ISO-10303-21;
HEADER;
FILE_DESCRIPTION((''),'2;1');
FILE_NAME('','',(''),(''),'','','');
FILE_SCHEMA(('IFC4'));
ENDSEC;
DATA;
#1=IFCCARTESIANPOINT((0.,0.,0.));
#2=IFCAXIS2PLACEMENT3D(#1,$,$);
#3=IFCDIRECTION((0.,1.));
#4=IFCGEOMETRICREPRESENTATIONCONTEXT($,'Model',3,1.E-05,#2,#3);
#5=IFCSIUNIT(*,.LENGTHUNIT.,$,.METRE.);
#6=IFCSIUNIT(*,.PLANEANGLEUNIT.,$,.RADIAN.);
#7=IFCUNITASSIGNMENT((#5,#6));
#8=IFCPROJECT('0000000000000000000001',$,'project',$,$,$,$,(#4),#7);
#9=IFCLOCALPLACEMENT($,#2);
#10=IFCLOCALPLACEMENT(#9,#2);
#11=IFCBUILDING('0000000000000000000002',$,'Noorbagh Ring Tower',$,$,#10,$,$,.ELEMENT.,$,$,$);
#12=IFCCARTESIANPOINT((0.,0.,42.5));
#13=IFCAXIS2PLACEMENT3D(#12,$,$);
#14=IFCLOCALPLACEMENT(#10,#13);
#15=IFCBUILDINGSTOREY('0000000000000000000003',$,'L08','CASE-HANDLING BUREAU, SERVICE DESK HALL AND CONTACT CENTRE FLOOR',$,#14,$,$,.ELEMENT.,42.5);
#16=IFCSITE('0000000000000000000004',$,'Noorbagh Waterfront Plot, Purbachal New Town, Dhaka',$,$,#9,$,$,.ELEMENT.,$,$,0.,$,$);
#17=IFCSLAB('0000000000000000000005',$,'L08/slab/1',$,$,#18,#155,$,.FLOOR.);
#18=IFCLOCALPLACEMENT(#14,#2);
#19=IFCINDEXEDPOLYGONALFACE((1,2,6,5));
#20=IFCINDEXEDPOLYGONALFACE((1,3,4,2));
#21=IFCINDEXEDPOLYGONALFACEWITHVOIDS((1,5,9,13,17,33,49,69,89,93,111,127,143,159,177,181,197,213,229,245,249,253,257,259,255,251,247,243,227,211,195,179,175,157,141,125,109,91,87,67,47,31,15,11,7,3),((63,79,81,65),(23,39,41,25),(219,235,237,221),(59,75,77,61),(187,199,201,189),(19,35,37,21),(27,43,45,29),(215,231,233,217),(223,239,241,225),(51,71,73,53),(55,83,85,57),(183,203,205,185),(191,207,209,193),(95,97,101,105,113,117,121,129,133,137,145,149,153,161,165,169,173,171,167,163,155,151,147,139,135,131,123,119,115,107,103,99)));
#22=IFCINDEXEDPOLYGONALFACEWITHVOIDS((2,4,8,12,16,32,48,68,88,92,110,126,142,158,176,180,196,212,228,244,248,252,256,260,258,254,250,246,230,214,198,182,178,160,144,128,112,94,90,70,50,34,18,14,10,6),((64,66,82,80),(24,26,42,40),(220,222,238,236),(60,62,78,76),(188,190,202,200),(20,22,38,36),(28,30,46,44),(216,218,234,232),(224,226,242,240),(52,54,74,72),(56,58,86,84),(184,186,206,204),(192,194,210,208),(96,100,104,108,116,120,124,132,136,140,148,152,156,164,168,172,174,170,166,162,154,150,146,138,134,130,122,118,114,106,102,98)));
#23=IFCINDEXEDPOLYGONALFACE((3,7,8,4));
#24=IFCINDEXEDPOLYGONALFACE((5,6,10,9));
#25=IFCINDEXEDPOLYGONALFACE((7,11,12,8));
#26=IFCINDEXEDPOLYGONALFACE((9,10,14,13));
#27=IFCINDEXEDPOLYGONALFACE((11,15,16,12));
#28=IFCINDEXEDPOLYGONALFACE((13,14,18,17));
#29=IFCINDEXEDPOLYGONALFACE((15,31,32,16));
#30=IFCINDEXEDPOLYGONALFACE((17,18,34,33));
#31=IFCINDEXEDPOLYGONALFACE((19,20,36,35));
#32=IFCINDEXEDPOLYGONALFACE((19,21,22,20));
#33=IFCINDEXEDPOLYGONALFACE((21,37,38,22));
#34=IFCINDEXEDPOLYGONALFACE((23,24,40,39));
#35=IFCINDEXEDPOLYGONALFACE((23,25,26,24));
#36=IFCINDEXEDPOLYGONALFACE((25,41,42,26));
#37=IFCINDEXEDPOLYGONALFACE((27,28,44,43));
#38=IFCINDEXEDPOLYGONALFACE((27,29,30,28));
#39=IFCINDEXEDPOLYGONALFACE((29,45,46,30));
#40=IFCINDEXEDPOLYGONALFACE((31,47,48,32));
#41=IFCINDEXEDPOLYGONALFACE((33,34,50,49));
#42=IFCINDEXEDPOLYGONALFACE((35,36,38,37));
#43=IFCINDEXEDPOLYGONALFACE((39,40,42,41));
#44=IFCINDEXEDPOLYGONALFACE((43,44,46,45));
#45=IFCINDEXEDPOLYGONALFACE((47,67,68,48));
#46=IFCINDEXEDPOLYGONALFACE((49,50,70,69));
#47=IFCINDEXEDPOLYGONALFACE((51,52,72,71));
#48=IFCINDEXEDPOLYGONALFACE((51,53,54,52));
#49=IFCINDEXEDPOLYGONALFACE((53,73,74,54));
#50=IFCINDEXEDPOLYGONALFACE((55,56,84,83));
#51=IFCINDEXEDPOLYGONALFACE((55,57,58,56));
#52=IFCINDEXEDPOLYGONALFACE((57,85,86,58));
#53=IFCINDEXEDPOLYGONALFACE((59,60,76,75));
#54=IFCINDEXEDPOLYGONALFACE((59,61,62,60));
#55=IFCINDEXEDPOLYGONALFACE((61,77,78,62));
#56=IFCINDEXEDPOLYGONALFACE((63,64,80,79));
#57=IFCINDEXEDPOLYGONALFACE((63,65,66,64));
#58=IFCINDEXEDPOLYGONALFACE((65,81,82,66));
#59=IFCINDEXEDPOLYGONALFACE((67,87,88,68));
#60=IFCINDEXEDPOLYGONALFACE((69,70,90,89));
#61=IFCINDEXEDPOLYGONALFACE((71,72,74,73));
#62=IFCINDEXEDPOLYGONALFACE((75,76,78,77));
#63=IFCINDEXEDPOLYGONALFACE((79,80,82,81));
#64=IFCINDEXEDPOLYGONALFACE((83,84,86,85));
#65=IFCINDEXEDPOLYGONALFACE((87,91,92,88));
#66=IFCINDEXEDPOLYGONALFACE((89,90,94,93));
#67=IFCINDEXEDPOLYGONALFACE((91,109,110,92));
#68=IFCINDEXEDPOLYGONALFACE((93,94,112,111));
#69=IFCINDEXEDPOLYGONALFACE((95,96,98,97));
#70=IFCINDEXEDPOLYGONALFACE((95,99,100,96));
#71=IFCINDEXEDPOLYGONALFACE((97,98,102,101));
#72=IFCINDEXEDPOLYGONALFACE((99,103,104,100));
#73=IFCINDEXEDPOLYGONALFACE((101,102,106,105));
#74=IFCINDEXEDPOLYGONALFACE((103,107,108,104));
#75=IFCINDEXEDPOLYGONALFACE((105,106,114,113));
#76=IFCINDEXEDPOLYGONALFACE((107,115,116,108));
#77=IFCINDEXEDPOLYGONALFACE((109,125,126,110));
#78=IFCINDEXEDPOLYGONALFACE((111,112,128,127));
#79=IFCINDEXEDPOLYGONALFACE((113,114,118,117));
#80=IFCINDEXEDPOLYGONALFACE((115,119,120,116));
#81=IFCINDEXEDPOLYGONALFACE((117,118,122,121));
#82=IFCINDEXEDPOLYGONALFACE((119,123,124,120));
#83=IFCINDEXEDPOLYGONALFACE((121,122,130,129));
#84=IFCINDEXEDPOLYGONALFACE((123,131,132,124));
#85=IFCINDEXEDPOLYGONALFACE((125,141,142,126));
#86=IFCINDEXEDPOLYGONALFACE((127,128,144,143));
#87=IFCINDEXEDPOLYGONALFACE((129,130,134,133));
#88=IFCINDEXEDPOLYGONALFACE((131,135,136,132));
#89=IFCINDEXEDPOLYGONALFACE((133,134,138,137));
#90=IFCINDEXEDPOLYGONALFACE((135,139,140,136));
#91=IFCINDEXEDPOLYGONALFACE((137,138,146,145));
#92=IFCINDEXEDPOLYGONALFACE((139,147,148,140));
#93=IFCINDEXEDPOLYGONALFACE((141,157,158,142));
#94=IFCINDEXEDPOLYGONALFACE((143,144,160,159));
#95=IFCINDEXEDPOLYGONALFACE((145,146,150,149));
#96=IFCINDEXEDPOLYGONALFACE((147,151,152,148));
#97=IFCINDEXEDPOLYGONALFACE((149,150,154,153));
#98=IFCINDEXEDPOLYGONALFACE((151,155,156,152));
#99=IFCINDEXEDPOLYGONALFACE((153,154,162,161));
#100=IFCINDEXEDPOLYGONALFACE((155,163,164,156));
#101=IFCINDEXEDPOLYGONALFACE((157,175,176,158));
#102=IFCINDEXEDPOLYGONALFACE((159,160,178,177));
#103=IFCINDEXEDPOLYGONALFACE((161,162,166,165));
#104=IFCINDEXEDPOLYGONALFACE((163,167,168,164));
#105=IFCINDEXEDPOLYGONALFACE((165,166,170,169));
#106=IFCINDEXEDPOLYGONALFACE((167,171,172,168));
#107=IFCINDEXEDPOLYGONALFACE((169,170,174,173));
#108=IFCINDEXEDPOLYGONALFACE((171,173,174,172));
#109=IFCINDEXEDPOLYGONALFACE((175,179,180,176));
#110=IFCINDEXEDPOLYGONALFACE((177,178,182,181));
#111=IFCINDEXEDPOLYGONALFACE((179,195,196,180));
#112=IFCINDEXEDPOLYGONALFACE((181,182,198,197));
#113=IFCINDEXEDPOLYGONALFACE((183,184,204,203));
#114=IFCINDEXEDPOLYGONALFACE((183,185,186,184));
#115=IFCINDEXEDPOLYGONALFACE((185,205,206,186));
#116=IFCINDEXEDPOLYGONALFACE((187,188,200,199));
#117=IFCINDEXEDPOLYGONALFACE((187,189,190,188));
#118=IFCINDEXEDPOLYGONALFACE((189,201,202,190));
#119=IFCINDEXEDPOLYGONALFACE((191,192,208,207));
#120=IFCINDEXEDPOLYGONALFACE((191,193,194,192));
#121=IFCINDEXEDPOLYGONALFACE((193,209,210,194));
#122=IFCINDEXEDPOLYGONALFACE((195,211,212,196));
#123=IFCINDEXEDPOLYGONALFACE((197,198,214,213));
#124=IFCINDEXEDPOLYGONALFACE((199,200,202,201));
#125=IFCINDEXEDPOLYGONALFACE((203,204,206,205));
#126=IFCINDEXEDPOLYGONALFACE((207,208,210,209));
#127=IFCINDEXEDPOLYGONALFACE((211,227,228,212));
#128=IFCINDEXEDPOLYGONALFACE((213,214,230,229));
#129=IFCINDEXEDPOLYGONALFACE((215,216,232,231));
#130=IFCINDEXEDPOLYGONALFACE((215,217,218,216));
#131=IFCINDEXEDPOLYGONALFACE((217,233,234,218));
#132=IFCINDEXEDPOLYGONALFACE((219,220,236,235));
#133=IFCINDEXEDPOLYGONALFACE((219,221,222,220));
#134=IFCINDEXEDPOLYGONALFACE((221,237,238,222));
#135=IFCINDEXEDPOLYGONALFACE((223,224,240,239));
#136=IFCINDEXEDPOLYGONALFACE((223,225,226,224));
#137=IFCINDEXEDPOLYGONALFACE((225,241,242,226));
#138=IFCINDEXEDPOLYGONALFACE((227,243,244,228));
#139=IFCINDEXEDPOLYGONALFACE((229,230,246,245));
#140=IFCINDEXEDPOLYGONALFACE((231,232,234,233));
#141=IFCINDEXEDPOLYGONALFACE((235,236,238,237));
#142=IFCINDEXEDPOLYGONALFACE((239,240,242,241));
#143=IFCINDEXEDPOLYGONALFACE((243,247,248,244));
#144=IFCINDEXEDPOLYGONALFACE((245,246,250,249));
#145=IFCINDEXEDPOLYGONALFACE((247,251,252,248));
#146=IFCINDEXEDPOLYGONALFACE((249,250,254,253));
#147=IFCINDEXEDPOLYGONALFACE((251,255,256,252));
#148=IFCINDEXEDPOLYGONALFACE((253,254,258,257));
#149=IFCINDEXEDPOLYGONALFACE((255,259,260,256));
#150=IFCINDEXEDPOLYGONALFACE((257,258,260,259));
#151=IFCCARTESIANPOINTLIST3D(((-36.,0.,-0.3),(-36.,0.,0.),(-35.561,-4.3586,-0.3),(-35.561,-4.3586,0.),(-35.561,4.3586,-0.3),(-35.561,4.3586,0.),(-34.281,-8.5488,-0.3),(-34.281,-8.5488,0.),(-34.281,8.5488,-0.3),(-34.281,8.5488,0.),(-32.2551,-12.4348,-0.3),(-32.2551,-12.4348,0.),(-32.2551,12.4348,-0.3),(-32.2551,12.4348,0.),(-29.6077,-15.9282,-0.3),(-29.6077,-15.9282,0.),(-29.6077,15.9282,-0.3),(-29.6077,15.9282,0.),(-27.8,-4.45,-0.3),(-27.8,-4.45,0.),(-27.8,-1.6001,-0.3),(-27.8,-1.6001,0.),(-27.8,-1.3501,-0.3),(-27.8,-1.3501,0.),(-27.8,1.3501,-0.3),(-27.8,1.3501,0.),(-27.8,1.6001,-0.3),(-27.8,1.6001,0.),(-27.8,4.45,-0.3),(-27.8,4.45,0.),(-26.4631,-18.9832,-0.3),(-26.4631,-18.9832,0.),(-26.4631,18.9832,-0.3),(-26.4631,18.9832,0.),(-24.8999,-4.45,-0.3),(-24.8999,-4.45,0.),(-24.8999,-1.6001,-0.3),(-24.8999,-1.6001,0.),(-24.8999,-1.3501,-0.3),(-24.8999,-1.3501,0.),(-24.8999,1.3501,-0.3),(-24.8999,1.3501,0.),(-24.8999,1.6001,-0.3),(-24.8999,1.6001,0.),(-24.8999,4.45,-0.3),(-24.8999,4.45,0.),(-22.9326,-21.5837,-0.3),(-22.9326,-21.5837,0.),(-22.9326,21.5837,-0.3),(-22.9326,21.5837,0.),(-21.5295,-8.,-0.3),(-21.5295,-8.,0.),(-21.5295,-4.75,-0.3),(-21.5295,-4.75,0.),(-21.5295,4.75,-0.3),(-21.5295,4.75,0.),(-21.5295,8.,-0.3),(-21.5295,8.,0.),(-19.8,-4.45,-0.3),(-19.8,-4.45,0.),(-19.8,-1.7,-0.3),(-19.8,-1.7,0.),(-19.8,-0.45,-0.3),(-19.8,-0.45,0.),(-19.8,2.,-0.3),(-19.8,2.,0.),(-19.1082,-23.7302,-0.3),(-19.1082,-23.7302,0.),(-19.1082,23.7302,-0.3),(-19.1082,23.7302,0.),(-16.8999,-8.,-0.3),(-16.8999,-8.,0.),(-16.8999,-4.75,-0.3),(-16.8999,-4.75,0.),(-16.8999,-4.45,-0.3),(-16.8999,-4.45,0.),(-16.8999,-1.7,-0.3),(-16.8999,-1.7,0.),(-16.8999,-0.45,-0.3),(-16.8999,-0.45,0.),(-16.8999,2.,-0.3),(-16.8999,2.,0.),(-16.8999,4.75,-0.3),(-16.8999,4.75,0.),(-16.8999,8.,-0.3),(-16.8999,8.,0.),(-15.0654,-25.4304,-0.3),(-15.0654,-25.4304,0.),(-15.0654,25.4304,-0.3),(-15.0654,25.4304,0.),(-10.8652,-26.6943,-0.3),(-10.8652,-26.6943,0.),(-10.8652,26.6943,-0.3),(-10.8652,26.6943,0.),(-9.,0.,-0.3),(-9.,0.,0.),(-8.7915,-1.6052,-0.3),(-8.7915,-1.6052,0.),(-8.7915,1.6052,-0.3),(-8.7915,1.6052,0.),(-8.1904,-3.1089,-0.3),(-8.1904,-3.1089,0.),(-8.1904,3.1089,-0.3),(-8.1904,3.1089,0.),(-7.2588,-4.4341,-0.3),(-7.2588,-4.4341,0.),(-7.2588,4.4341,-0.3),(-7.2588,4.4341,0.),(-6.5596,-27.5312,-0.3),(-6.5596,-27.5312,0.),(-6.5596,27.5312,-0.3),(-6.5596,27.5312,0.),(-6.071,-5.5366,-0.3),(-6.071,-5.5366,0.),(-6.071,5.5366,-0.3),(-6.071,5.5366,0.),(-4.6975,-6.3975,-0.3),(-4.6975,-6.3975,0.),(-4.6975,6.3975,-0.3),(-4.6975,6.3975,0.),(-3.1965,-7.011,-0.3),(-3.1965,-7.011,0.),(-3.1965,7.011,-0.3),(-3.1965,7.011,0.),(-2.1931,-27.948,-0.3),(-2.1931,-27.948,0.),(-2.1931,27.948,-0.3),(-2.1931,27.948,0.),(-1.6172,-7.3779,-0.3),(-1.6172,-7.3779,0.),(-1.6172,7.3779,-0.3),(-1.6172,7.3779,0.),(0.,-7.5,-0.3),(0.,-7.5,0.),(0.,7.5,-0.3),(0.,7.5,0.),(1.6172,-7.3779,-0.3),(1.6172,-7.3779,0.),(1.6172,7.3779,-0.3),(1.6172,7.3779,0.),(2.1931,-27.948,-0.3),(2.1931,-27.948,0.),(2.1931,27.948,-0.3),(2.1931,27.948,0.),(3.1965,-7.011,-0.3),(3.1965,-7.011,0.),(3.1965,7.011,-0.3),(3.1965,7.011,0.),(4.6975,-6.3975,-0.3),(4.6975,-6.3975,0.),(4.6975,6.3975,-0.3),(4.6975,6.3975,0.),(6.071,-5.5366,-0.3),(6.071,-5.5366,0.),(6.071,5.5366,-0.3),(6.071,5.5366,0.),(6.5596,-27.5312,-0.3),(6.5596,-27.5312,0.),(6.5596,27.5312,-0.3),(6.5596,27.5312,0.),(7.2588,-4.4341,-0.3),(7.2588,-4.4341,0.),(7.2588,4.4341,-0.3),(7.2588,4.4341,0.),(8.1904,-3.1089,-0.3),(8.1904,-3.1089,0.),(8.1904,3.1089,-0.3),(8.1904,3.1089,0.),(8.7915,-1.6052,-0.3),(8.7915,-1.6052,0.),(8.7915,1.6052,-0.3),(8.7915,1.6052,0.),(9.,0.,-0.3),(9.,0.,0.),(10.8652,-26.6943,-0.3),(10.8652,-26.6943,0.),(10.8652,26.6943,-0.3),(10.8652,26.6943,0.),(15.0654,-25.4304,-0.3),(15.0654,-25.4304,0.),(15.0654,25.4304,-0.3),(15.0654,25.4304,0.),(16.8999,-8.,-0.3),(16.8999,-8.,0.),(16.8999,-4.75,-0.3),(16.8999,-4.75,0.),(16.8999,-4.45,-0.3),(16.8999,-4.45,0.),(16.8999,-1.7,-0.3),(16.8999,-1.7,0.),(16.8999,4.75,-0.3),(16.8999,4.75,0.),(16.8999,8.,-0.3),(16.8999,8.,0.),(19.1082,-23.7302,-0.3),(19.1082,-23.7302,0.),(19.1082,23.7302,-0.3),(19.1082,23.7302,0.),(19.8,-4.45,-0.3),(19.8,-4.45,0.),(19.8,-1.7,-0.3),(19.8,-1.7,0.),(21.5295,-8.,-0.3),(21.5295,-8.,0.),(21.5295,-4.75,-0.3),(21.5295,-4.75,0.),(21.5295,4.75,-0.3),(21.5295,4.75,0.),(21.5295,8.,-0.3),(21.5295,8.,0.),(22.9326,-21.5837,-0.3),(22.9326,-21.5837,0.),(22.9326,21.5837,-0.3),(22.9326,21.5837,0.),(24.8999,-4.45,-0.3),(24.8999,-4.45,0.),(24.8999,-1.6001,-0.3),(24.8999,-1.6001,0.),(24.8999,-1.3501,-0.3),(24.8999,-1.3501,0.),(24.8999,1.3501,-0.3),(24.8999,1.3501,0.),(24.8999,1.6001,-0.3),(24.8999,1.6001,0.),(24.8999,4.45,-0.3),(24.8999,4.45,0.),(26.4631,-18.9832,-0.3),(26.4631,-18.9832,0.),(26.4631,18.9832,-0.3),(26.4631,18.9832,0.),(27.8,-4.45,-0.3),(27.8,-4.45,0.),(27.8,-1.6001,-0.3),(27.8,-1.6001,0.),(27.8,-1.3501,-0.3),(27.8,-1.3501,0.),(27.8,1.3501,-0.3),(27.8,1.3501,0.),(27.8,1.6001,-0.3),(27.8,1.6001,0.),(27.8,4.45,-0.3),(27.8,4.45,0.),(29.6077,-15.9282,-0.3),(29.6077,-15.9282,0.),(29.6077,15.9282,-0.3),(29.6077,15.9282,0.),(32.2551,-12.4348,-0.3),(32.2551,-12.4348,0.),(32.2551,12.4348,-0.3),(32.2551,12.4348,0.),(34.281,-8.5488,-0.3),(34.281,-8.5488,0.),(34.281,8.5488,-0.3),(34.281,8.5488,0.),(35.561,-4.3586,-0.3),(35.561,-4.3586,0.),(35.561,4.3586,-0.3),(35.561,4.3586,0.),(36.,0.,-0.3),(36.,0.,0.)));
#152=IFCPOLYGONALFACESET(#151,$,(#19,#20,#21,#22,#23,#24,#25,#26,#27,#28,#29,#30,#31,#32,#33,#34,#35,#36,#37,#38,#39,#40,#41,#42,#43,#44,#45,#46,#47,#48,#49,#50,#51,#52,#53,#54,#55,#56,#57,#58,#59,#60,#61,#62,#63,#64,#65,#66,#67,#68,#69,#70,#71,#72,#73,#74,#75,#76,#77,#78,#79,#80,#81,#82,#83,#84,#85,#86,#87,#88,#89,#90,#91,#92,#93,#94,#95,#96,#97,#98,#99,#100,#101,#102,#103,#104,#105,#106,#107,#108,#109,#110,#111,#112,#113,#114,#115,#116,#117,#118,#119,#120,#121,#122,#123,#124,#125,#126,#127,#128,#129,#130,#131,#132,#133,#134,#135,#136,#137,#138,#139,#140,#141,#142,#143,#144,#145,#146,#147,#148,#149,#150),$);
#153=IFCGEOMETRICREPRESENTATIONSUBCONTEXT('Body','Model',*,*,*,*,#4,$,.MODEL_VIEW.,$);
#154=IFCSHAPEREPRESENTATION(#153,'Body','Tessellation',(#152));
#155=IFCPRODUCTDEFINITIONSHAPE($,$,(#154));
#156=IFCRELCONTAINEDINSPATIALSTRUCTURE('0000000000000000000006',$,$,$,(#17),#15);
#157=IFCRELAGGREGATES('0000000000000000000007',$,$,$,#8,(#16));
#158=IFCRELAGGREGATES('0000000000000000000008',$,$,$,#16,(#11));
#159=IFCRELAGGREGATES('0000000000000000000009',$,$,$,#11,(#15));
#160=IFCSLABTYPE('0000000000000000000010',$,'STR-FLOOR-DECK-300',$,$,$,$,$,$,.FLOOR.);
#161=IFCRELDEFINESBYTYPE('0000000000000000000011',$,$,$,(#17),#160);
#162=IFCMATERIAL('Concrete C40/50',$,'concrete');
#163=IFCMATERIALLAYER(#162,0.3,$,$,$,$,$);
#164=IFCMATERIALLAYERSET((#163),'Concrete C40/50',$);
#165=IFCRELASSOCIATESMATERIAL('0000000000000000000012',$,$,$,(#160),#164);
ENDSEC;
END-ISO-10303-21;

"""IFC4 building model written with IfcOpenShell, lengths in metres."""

from ifc_helpers import new_model, si_unit, direction, frame, origin, place, context, subcontext, project, spatial, polyline, outline, extrude, material, layer, layer_set, type_object, element, save


model = new_model("IFC4")

# Units and contexts
model_context = context("Model", 3, precision=1e-05, world=origin(), true_north=direction((0.0, 1.0)))
body_context = subcontext(model_context, "Body", "Model", "MODEL_VIEW")
ifc_project = project(units=[si_unit("LENGTHUNIT", "METRE"), si_unit("PLANEANGLEUNIT", "RADIAN")], contexts=[model_context])

# Site, building, storey
site_placement = place(None, origin())
site = spatial("IfcSite", under=ifc_project, at=site_placement, Name="Noorbagh Waterfront Plot, Purbachal New Town, Dhaka", CompositionType="ELEMENT", RefElevation=0.0)
building_placement = place(site_placement, origin())
building = spatial("IfcBuilding", under=site, at=building_placement, Name="Noorbagh Ring Tower", CompositionType="ELEMENT")
storey_placement = place(building_placement, frame((0.0, 0.0, 42.5)))
storey = spatial("IfcBuildingStorey", under=building, at=storey_placement, Name="L08", Description="CASE-HANDLING BUREAU, SERVICE DESK HALL AND CONTACT CENTRE FLOOR", CompositionType="ELEMENT", Elevation=42.5)

# Slab
ifc_material_1 = material(Name="Concrete C40/50", Category="concrete")
ifc_layer_1 = layer(ifc_material_1, 0.3)
ifc_layer_set_1 = layer_set([ifc_layer_1], Name="Concrete C40/50")
slab_type_1 = type_object("IfcSlabType", Name="STR-FLOOR-DECK-300", PredefinedType="FLOOR", material=ifc_layer_set_1)
slab_1_placement = place(storey_placement, frame((0.0, 0.0, -0.3)))
element("IfcSlab", 1, at=slab_1_placement, inside=storey, type_object=slab_type_1, Name="L08/slab/1", PredefinedType="FLOOR", context=body_context, shape_type="SweptSolid", body=[
    extrude(outline(polyline([(36.0, 0.0), (35.561, 4.3586), (34.281, 8.5488), (32.2551, 12.4348), (29.6077, 15.9282), (26.4631, 18.9832), (22.9326, 21.5837), (19.1082, 23.7302), (15.0654, 25.4304), (10.8652, 26.6943), (6.5596, 27.5312), (2.1931, 27.948), (-2.1931, 27.948), (-6.5596, 27.5312), (-10.8652, 26.6943), (-15.0654, 25.4304), (-19.1082, 23.7302), (-22.9326, 21.5837), (-26.4631, 18.9832), (-29.6077, 15.9282), (-32.2551, 12.4348), (-34.281, 8.5488), (-35.561, 4.3586), (-36.0, 0.0), (-35.561, -4.3586), (-34.281, -8.5488), (-32.2551, -12.4348), (-29.6077, -15.9282), (-26.4631, -18.9832), (-22.9326, -21.5837), (-19.1082, -23.7302), (-15.0654, -25.4304), (-10.8652, -26.6943), (-6.5596, -27.5312), (-2.1931, -27.948), (2.1931, -27.948), (6.5596, -27.5312), (10.8652, -26.6943), (15.0654, -25.4304), (19.1082, -23.7302), (22.9326, -21.5837), (26.4631, -18.9832), (29.6077, -15.9282), (32.2551, -12.4348), (34.281, -8.5488), (35.561, -4.3586), (36.0, 0.0)]), holes=[polyline([(24.8999, -1.6001), (27.8, -1.6001), (27.8, -4.45), (24.8999, -4.45), (24.8999, -1.6001)]), polyline([(24.8999, 1.3501), (27.8, 1.3501), (27.8, -1.3501), (24.8999, -1.3501), (24.8999, 1.3501)]), polyline([(24.8999, 4.45), (27.8, 4.45), (27.8, 1.6001), (24.8999, 1.6001), (24.8999, 4.45)]), polyline([(21.5295, -4.75), (21.5295, -8.0), (16.8999, -8.0), (16.8999, -4.75), (21.5295, -4.75)]), polyline([(21.5295, 4.75), (16.8999, 4.75), (16.8999, 8.0), (21.5295, 8.0), (21.5295, 4.75)]), polyline([(16.8999, -1.7), (19.8, -1.7), (19.8, -4.45), (16.8999, -4.45), (16.8999, -1.7)]), polyline([(4.6975, -6.3975), (3.1965, -7.011), (1.6172, -7.3779), (0.0, -7.5), (-1.6172, -7.3779), (-3.1965, -7.011), (-4.6975, -6.3975), (-6.071, -5.5366), (-7.2588, -4.4341), (-8.1904, -3.1089), (-8.7915, -1.6052), (-9.0, 0.0), (-8.7915, 1.6052), (-8.1904, 3.1089), (-7.2588, 4.4341), (-6.071, 5.5366), (-4.6975, 6.3975), (-3.1965, 7.011), (-1.6172, 7.3779), (0.0, 7.5), (1.6172, 7.3779), (3.1965, 7.011), (4.6975, 6.3975), (6.071, 5.5366), (7.2588, 4.4341), (8.1904, 3.1089), (8.7915, 1.6052), (9.0, 0.0), (8.7915, -1.6052), (8.1904, -3.1089), (7.2588, -4.4341), (6.071, -5.5366), (4.6975, -6.3975)]), polyline([(-21.5295, -8.0), (-21.5295, -4.75), (-16.8999, -4.75), (-16.8999, -8.0), (-21.5295, -8.0)]), polyline([(-21.5295, 8.0), (-16.8999, 8.0), (-16.8999, 4.75), (-21.5295, 4.75), (-21.5295, 8.0)]), polyline([(-16.8999, -4.45), (-19.8, -4.45), (-19.8, -1.7), (-16.8999, -1.7), (-16.8999, -4.45)]), polyline([(-16.8999, -0.45), (-19.8, -0.45), (-19.8, 2.0), (-16.8999, 2.0), (-16.8999, -0.45)]), polyline([(-24.8999, -4.45), (-27.8, -4.45), (-27.8, -1.6001), (-24.8999, -1.6001), (-24.8999, -4.45)]), polyline([(-24.8999, -1.3501), (-27.8, -1.3501), (-27.8, 1.3501), (-24.8999, 1.3501), (-24.8999, -1.3501)]), polyline([(-24.8999, 1.6001), (-27.8, 1.6001), (-27.8, 4.45), (-24.8999, 4.45), (-24.8999, 1.6001)])]), origin(), (0.0, 0.0, 1.0), 0.3),
])

save(model, "model.ifc")
